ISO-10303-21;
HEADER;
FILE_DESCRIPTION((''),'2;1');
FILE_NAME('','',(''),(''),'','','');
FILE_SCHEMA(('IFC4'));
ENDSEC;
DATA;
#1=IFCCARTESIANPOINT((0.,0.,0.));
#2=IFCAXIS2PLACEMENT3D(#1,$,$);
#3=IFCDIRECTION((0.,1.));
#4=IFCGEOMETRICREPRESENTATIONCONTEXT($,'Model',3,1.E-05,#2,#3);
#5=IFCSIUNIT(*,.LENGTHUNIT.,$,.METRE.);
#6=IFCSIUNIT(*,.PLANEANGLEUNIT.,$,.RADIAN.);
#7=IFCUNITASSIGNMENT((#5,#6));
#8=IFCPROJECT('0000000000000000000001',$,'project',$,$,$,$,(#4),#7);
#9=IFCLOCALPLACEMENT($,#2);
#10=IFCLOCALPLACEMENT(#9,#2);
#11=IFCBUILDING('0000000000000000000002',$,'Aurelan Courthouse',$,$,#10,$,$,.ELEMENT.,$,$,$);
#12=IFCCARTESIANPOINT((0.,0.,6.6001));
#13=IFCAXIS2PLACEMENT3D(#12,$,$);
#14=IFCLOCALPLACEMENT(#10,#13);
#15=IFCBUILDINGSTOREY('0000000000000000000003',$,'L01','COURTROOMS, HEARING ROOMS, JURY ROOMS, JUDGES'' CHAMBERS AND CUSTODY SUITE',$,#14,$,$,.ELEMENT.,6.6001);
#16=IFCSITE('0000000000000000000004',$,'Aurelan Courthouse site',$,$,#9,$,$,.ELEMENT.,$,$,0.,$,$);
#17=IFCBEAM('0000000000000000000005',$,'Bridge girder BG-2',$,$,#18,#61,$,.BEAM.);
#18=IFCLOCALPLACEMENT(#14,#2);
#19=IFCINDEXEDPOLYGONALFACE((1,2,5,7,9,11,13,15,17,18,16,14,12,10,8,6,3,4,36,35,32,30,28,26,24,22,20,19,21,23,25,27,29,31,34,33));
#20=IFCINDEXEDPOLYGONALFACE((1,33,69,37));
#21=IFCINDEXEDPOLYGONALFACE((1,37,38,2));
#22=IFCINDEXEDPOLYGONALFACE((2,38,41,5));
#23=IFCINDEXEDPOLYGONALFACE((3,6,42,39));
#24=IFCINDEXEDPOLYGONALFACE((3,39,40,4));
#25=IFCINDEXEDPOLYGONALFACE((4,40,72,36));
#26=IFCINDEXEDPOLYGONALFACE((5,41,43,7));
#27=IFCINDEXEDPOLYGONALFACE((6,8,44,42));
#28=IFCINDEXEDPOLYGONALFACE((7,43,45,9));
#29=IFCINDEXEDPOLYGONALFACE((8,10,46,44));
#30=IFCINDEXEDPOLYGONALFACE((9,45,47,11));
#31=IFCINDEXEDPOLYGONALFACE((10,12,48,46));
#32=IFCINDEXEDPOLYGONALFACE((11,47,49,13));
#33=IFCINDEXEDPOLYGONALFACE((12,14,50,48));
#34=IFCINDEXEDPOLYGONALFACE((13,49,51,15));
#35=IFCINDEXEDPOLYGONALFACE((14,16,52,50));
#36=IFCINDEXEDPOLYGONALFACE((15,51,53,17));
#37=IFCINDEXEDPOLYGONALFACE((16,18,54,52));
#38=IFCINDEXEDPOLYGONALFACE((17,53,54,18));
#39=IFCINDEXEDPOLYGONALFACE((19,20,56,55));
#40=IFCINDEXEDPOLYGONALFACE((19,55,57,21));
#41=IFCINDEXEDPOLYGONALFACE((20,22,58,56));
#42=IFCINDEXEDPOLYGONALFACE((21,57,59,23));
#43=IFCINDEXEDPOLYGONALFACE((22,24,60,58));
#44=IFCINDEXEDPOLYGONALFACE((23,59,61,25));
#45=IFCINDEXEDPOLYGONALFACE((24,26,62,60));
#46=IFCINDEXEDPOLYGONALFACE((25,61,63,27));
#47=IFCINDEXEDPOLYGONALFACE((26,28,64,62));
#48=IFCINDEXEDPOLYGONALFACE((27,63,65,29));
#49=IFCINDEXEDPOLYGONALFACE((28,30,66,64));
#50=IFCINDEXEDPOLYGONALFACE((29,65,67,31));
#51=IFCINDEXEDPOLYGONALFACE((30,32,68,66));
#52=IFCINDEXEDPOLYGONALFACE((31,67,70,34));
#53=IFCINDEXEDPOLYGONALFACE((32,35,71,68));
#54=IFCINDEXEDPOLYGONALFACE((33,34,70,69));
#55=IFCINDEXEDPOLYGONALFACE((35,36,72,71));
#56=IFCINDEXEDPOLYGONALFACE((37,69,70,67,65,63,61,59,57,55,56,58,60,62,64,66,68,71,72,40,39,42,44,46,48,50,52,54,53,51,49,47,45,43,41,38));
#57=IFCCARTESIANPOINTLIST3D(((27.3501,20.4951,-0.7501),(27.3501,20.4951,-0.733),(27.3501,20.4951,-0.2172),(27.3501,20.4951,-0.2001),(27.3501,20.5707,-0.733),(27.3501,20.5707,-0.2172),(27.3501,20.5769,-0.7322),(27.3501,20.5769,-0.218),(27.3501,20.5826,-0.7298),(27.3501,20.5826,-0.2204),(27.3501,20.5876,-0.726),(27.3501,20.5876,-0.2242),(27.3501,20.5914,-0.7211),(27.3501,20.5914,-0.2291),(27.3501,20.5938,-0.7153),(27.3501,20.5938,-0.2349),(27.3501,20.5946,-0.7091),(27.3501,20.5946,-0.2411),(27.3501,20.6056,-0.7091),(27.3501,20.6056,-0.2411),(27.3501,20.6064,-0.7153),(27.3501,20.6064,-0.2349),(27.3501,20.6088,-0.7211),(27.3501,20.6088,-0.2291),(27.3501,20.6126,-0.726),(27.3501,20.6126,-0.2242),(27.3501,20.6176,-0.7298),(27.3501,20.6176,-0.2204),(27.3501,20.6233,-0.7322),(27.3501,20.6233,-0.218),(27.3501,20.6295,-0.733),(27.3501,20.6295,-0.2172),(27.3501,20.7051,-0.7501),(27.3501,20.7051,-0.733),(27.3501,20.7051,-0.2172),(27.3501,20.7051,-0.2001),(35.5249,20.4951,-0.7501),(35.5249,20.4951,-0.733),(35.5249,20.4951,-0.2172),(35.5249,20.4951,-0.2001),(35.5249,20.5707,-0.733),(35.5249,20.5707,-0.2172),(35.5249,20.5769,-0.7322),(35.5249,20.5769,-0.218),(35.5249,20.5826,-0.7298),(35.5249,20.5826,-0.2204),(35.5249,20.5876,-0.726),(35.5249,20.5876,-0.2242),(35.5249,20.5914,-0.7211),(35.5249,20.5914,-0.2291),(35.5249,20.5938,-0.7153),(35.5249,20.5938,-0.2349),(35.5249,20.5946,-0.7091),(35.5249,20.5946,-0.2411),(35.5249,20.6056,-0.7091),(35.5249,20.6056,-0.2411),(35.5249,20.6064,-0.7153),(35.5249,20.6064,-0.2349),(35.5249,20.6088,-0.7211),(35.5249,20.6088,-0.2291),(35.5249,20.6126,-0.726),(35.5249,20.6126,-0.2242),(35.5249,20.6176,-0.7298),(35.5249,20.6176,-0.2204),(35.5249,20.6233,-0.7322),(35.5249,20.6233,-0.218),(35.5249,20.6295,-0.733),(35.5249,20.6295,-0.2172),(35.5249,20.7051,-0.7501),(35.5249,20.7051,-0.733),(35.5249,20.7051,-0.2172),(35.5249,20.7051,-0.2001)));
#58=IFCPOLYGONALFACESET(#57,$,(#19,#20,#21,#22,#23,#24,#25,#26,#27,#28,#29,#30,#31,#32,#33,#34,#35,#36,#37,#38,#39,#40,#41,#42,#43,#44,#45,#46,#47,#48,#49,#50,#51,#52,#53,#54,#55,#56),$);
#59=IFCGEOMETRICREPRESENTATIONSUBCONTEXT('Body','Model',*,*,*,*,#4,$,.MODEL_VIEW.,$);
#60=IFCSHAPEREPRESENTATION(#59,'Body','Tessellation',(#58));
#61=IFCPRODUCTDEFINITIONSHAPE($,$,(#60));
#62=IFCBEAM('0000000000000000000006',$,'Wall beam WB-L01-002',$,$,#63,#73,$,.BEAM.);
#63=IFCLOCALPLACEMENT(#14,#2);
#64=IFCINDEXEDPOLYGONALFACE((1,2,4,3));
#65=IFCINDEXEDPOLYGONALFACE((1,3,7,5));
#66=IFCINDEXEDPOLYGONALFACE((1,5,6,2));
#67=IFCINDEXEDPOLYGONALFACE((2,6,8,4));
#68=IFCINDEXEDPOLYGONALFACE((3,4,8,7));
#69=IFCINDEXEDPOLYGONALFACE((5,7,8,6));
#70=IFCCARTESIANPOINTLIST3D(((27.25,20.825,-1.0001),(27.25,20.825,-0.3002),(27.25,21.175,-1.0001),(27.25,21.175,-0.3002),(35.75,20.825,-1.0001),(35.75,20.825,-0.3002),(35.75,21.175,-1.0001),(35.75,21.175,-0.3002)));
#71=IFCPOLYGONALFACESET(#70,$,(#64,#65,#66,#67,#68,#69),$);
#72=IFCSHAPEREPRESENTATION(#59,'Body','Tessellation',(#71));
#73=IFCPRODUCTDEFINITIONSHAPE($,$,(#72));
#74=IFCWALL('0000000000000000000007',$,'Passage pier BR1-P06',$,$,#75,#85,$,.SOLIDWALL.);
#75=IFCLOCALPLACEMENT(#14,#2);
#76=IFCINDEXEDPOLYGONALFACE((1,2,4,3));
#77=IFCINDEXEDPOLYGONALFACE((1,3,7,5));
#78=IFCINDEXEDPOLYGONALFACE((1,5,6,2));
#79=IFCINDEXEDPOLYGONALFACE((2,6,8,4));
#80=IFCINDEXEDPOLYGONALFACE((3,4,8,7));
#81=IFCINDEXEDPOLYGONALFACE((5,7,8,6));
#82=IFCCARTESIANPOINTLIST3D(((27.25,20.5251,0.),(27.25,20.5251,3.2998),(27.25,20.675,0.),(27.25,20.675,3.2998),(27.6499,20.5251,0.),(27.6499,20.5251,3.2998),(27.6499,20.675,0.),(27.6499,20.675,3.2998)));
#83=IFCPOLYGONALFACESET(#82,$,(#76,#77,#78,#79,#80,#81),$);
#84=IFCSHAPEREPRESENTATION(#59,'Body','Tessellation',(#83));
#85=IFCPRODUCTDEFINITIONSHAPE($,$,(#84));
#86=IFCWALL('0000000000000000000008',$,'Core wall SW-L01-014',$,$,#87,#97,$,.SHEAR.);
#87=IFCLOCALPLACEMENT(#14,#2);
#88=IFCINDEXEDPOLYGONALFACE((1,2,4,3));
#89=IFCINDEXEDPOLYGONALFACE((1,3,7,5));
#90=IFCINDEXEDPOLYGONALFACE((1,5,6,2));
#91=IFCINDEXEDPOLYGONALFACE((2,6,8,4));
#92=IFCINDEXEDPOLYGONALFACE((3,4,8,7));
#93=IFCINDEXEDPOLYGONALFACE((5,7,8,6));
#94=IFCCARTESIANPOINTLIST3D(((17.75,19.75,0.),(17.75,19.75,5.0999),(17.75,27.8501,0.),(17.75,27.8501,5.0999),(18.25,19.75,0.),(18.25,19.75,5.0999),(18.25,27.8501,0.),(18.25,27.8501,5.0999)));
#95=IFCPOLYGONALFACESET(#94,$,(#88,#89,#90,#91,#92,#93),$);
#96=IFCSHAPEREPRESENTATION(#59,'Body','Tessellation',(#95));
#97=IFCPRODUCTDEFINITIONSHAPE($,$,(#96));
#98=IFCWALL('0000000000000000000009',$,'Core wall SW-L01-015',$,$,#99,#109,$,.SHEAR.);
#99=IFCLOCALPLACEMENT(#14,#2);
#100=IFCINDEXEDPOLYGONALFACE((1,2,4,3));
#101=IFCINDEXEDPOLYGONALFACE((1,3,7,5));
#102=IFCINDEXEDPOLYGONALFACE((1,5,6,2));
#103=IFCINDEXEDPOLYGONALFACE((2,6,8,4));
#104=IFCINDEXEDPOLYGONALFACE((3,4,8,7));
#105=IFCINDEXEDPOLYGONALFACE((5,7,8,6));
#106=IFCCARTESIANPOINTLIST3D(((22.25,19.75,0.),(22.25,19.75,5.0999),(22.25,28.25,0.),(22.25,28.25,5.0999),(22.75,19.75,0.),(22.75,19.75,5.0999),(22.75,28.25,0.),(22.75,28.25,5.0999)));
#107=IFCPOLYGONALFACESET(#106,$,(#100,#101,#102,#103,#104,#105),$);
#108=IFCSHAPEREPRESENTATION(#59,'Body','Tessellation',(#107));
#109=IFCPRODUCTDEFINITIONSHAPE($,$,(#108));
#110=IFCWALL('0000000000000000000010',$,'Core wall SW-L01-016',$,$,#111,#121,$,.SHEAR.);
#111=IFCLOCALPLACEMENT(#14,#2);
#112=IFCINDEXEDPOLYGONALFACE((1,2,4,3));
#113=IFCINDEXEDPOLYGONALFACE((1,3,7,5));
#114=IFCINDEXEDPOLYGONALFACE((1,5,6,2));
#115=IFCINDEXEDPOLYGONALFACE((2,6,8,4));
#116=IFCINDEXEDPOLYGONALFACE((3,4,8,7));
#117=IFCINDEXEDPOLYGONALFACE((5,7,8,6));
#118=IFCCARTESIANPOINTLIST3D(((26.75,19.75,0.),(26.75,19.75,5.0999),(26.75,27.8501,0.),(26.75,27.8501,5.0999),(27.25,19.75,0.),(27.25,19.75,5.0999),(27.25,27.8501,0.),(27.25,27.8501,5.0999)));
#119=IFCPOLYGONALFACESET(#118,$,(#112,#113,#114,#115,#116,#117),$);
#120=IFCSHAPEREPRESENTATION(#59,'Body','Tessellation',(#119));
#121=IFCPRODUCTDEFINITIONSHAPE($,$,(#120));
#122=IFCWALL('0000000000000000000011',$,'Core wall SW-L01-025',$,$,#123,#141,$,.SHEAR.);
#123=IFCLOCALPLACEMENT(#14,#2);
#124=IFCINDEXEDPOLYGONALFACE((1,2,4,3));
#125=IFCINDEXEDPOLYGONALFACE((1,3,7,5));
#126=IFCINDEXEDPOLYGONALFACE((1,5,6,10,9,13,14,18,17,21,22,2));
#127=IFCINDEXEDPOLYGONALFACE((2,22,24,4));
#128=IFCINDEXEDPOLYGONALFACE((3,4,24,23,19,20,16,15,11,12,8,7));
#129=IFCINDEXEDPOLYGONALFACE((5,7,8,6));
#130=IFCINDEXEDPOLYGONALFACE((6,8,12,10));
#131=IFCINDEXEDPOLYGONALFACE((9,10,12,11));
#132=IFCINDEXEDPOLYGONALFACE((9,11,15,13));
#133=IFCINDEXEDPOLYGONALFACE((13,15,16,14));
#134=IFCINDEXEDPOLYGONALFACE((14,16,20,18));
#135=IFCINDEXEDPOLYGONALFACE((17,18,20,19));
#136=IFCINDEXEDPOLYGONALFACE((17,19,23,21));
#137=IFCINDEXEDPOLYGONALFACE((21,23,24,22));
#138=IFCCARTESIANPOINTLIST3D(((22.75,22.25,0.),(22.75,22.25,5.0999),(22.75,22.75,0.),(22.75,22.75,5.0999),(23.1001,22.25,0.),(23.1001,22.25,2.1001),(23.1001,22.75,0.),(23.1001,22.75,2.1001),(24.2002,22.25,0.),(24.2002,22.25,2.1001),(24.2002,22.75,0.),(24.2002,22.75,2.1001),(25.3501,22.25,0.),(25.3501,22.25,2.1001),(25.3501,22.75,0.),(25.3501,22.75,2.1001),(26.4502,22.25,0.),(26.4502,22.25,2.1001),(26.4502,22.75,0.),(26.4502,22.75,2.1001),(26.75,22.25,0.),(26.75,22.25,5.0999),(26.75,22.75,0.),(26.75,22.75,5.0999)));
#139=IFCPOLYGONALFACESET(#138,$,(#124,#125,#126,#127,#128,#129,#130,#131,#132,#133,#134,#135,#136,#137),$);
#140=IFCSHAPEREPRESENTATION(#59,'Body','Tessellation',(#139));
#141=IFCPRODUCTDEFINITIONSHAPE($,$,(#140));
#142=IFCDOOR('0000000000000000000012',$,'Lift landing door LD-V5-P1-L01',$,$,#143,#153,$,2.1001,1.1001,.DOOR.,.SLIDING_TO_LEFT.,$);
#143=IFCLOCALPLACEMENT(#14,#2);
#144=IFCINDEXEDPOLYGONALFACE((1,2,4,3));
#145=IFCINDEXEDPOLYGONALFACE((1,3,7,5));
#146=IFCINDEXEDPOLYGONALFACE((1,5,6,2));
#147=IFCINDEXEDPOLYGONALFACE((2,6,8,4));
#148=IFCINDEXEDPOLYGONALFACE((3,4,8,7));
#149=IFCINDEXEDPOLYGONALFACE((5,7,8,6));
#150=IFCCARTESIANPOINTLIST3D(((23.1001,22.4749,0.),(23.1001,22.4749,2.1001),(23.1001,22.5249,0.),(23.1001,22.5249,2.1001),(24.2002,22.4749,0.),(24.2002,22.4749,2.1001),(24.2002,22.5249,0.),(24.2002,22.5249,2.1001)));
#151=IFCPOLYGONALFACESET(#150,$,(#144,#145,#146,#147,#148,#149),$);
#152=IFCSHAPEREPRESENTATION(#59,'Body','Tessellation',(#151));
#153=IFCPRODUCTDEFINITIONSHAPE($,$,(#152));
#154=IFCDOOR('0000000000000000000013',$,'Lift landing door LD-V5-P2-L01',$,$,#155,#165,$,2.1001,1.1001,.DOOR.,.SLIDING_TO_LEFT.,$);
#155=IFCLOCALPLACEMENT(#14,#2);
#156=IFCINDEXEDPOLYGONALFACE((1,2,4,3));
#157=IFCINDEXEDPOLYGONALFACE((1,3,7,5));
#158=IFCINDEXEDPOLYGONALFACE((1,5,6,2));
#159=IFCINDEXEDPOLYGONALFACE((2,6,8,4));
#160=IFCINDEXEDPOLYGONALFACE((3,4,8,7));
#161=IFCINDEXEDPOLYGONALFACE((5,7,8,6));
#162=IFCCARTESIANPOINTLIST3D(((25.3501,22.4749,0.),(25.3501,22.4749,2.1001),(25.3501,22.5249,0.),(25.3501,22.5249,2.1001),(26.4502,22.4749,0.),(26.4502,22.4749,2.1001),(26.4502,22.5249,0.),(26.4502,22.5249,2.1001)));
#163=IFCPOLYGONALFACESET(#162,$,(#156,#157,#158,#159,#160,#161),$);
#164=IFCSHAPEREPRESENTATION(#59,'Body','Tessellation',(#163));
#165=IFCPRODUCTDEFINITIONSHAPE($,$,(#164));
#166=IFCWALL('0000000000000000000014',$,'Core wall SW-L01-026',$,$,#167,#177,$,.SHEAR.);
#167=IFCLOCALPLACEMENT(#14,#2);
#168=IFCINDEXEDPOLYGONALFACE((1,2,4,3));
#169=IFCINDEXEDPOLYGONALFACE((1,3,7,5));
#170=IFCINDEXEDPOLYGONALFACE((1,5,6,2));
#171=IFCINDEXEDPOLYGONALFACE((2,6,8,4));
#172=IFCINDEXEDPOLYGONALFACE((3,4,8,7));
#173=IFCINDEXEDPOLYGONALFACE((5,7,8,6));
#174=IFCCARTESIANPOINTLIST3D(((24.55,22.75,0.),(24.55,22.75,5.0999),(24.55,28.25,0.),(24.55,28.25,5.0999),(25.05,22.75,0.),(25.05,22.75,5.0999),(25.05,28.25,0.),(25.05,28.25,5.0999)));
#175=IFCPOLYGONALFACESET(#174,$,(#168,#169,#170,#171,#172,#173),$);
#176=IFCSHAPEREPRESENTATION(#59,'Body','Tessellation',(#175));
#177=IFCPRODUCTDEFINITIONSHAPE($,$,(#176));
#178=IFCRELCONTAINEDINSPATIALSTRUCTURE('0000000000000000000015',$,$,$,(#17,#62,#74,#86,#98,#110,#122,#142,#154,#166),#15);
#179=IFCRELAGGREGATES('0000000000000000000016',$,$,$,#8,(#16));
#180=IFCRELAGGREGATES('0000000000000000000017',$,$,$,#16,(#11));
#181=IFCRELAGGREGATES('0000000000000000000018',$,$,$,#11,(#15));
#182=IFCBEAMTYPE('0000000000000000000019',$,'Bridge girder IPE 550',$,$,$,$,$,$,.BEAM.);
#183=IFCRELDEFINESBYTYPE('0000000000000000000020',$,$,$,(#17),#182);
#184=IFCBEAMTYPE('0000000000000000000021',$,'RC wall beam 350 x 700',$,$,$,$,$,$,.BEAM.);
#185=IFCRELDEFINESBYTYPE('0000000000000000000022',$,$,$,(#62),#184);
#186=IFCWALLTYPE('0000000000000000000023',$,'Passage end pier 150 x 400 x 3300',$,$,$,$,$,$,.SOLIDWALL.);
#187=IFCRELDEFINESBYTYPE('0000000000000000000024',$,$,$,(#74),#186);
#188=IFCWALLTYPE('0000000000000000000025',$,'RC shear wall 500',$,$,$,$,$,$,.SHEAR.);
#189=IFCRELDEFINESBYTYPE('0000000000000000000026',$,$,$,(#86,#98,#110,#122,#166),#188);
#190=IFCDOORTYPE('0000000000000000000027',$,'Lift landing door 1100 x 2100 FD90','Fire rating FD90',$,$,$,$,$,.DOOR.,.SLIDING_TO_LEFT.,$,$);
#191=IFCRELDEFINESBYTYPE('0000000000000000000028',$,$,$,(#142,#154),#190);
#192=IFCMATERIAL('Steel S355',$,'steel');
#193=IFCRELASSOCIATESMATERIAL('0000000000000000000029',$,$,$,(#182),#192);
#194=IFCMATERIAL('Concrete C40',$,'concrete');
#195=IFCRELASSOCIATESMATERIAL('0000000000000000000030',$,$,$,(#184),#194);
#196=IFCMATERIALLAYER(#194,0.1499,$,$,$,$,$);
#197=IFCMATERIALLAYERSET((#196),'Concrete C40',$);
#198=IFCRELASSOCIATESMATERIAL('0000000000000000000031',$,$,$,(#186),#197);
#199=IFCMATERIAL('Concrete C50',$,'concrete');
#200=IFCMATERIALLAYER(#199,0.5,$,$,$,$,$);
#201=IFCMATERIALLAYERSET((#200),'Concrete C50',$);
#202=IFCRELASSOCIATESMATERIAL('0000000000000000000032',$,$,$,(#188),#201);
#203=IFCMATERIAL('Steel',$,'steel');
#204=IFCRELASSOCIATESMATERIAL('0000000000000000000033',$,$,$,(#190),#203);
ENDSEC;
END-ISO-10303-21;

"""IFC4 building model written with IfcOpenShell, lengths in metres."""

from ifc_helpers import new_model, si_unit, direction, frame, frame_2d, origin, origin_2d, place, context, subcontext, project, spatial, rectangle, i_section, extrude, material, layer, layer_set, material_profile, profile_set, type_object, element, fill, save


model = new_model("IFC4")

# Units and contexts
model_context = context("Model", 3, precision=1e-05, world=origin(), true_north=direction((0.0, 1.0)))
body_context = subcontext(model_context, "Body", "Model", "MODEL_VIEW")
ifc_project = project(units=[si_unit("LENGTHUNIT", "METRE"), si_unit("PLANEANGLEUNIT", "RADIAN")], contexts=[model_context])

# Site, building, storey
site_placement = place(None, origin())
site = spatial("IfcSite", under=ifc_project, at=site_placement, Name="Aurelan Courthouse site", CompositionType="ELEMENT", RefElevation=0.0)
building_placement = place(site_placement, origin())
building = spatial("IfcBuilding", under=site, at=building_placement, Name="Aurelan Courthouse", CompositionType="ELEMENT")
storey_placement = place(building_placement, frame((0.0, 0.0, 6.6001)))
storey = spatial("IfcBuildingStorey", under=building, at=storey_placement, Name="L01", Description="COURTROOMS, HEARING ROOMS, JURY ROOMS, JUDGES' CHAMBERS AND CUSTODY SUITE", CompositionType="ELEMENT", Elevation=6.6001)

# Beams
ifc_material_1 = material(Name="Steel S355", Category="steel")
ifc_material_profile_1 = material_profile(ifc_material_1, i_section(OverallWidth=0.21, OverallDepth=0.55, WebThickness=0.011, FlangeThickness=0.0171, FilletRadius=0.0239, at=origin_2d()), Name="IPE 550")
ifc_profile_set_1 = profile_set([ifc_material_profile_1], Name="Steel S355")
beam_type_1 = type_object("IfcBeamType", Name="Bridge girder IPE 550", PredefinedType="BEAM", material=ifc_profile_set_1)
beam_1_placement = place(storey_placement, frame((27.3501, 20.6001, -0.4751), z_axis=(1.0, 0.0, 0.0), x_axis=(0.0, 1.0, 0.0)))
element("IfcBeam", 1, at=beam_1_placement, inside=storey, type_object=beam_type_1, Name="Bridge girder BG-2", PredefinedType="BEAM", context=body_context, shape_type="SweptSolid", body=[
    extrude(i_section(OverallWidth=0.21, OverallDepth=0.55, WebThickness=0.011, FlangeThickness=0.0171, FilletRadius=0.0239, at=origin_2d()), origin(), (0.0, 0.0, 1.0), 8.1748),
])
ifc_material_2 = material(Name="Concrete C40", Category="concrete")
ifc_material_profile_2 = material_profile(ifc_material_2, rectangle(XDim=0.3501, YDim=0.7, at=origin_2d()), Name="RC 350 x 700")
ifc_profile_set_2 = profile_set([ifc_material_profile_2], Name="Concrete C40")
beam_type_2 = type_object("IfcBeamType", Name="RC wall beam 350 x 700", PredefinedType="BEAM", material=ifc_profile_set_2)
beam_2_placement = place(storey_placement, frame((27.25, 21.0, -0.6501), z_axis=(1.0, 0.0, 0.0), x_axis=(0.0, 1.0, 0.0)))
element("IfcBeam", 2, at=beam_2_placement, inside=storey, type_object=beam_type_2, Name="Wall beam WB-L01-002", PredefinedType="BEAM", context=body_context, shape_type="SweptSolid", body=[
    extrude(rectangle(XDim=0.3501, YDim=0.7, at=origin_2d()), origin(), (0.0, 0.0, 1.0), 8.5),
])

# Walls
ifc_layer_1 = layer(ifc_material_2, 0.1499)
ifc_layer_set_1 = layer_set([ifc_layer_1], Name="Concrete C40")
wall_type_1 = type_object("IfcWallType", Name="Passage end pier 150 x 400 x 3300", PredefinedType="SOLIDWALL", material=ifc_layer_set_1)
wall_1_placement = place(storey_placement, frame((27.25, 20.6001, 0.0), z_axis=(0.0, 0.0, 1.0), x_axis=(1.0, 0.0, 0.0)))
element("IfcWall", 3, at=wall_1_placement, inside=storey, type_object=wall_type_1, Name="Passage pier BR1-P06", PredefinedType="SOLIDWALL", context=body_context, shape_type="SweptSolid", body=[
    extrude(rectangle(XDim=0.3999, YDim=0.1499, at=frame_2d((0.2, 0.0))), origin(), (0.0, 0.0, 1.0), 3.2998),
])
ifc_material_3 = material(Name="Concrete C50", Category="concrete")
ifc_layer_2 = layer(ifc_material_3, 0.5)
ifc_layer_set_2 = layer_set([ifc_layer_2], Name="Concrete C50")
wall_type_2 = type_object("IfcWallType", Name="RC shear wall 500", PredefinedType="SHEAR", material=ifc_layer_set_2)
wall_2_placement = place(storey_placement, frame((18.0, 19.75, 0.0), z_axis=(0.0, 0.0, 1.0), x_axis=(0.0, 1.0, 0.0)))
element("IfcWall", 4, at=wall_2_placement, inside=storey, type_object=wall_type_2, Name="Core wall SW-L01-014", PredefinedType="SHEAR", context=body_context, shape_type="SweptSolid", body=[
    extrude(rectangle(XDim=8.1001, YDim=0.5, at=frame_2d((4.05, 0.0))), origin(), (0.0, 0.0, 1.0), 5.0999),
])
wall_3_placement = place(storey_placement, frame((22.5, 19.75, 0.0), z_axis=(0.0, 0.0, 1.0), x_axis=(0.0, 1.0, 0.0)))
element("IfcWall", 5, at=wall_3_placement, inside=storey, type_object=wall_type_2, Name="Core wall SW-L01-015", PredefinedType="SHEAR", context=body_context, shape_type="SweptSolid", body=[
    extrude(rectangle(XDim=8.5, YDim=0.5, at=frame_2d((4.25, 0.0))), origin(), (0.0, 0.0, 1.0), 5.0999),
])
wall_4_placement = place(storey_placement, frame((27.0, 19.75, 0.0), z_axis=(0.0, 0.0, 1.0), x_axis=(0.0, 1.0, 0.0)))
element("IfcWall", 6, at=wall_4_placement, inside=storey, type_object=wall_type_2, Name="Core wall SW-L01-016", PredefinedType="SHEAR", context=body_context, shape_type="SweptSolid", body=[
    extrude(rectangle(XDim=8.1001, YDim=0.5, at=frame_2d((4.05, 0.0))), origin(), (0.0, 0.0, 1.0), 5.0999),
])

# Wall, openings, doors
wall_5_placement = place(storey_placement, frame((22.75, 22.5, 0.0), z_axis=(0.0, 0.0, 1.0), x_axis=(1.0, 0.0, 0.0)))
wall_5 = element("IfcWall", 7, at=wall_5_placement, inside=storey, type_object=wall_type_2, Name="Core wall SW-L01-025", PredefinedType="SHEAR", context=body_context, shape_type="SweptSolid", body=[
    extrude(rectangle(XDim=4.0, YDim=0.5, at=frame_2d((2.0, 0.0))), origin(), (0.0, 0.0, 1.0), 5.0999),
])
opening_1_placement = place(wall_5_placement, frame((0.3501, 0.0, 0.0)))
opening_1 = element("IfcOpeningElement", 8, at=opening_1_placement, cuts=wall_5, PredefinedType="OPENING", context=body_context, shape_type="SweptSolid", body=[
    extrude(rectangle(XDim=1.1001, YDim=2.1001, at=frame_2d((0.55, 1.05))), frame((0.0, 0.26, 0.0), z_axis=(0.0, -1.0, 0.0), x_axis=(1.0, 0.0, 0.0)), (0.0, 0.0, 1.0), 0.52),
])
opening_2_placement = place(wall_5_placement, frame((2.6001, 0.0, 0.0)))
opening_2 = element("IfcOpeningElement", 9, at=opening_2_placement, cuts=wall_5, PredefinedType="OPENING", context=body_context, shape_type="SweptSolid", body=[
    extrude(rectangle(XDim=1.1001, YDim=2.1001, at=frame_2d((0.55, 1.05))), frame((0.0, 0.26, 0.0), z_axis=(0.0, -1.0, 0.0), x_axis=(1.0, 0.0, 0.0)), (0.0, 0.0, 1.0), 0.52),
])
ifc_material_4 = material(Name="Steel", Category="steel")
door_type = type_object("IfcDoorType", Name="Lift landing door 1100 x 2100 FD90", Description="Fire rating FD90", OperationType="SLIDING_TO_LEFT", PredefinedType="DOOR", material=ifc_material_4)
door_1_placement = place(opening_1_placement, origin())
door_1 = element("IfcDoor", 10, at=door_1_placement, inside=storey, type_object=door_type, Name="Lift landing door LD-V5-P1-L01", OperationType="SLIDING_TO_LEFT", OverallHeight=2.1001, OverallWidth=1.1001, PredefinedType="DOOR", context=body_context, shape_type="SweptSolid", body=[
    extrude(rectangle(XDim=1.1001, YDim=2.1001, at=frame_2d((0.55, 1.05))), frame((0.0, 0.0249, 0.0), z_axis=(0.0, -1.0, 0.0), x_axis=(1.0, 0.0, 0.0)), (0.0, 0.0, 1.0), 0.05),
])
fill(opening_1, door_1)
door_2_placement = place(opening_2_placement, origin())
door_2 = element("IfcDoor", 11, at=door_2_placement, inside=storey, type_object=door_type, Name="Lift landing door LD-V5-P2-L01", OperationType="SLIDING_TO_LEFT", OverallHeight=2.1001, OverallWidth=1.1001, PredefinedType="DOOR", context=body_context, shape_type="SweptSolid", body=[
    extrude(rectangle(XDim=1.1001, YDim=2.1001, at=frame_2d((0.55, 1.05))), frame((0.0, 0.0249, 0.0), z_axis=(0.0, -1.0, 0.0), x_axis=(1.0, 0.0, 0.0)), (0.0, 0.0, 1.0), 0.05),
])
fill(opening_2, door_2)

# Wall
wall_6_placement = place(storey_placement, frame((24.8, 22.75, 0.0), z_axis=(0.0, 0.0, 1.0), x_axis=(0.0, 1.0, 0.0)))
element("IfcWall", 12, at=wall_6_placement, inside=storey, type_object=wall_type_2, Name="Core wall SW-L01-026", PredefinedType="SHEAR", context=body_context, shape_type="SweptSolid", body=[
    extrude(rectangle(XDim=5.5, YDim=0.5, at=frame_2d((2.75, 0.0))), origin(), (0.0, 0.0, 1.0), 5.0999),
])

save(model, "model.ifc")
